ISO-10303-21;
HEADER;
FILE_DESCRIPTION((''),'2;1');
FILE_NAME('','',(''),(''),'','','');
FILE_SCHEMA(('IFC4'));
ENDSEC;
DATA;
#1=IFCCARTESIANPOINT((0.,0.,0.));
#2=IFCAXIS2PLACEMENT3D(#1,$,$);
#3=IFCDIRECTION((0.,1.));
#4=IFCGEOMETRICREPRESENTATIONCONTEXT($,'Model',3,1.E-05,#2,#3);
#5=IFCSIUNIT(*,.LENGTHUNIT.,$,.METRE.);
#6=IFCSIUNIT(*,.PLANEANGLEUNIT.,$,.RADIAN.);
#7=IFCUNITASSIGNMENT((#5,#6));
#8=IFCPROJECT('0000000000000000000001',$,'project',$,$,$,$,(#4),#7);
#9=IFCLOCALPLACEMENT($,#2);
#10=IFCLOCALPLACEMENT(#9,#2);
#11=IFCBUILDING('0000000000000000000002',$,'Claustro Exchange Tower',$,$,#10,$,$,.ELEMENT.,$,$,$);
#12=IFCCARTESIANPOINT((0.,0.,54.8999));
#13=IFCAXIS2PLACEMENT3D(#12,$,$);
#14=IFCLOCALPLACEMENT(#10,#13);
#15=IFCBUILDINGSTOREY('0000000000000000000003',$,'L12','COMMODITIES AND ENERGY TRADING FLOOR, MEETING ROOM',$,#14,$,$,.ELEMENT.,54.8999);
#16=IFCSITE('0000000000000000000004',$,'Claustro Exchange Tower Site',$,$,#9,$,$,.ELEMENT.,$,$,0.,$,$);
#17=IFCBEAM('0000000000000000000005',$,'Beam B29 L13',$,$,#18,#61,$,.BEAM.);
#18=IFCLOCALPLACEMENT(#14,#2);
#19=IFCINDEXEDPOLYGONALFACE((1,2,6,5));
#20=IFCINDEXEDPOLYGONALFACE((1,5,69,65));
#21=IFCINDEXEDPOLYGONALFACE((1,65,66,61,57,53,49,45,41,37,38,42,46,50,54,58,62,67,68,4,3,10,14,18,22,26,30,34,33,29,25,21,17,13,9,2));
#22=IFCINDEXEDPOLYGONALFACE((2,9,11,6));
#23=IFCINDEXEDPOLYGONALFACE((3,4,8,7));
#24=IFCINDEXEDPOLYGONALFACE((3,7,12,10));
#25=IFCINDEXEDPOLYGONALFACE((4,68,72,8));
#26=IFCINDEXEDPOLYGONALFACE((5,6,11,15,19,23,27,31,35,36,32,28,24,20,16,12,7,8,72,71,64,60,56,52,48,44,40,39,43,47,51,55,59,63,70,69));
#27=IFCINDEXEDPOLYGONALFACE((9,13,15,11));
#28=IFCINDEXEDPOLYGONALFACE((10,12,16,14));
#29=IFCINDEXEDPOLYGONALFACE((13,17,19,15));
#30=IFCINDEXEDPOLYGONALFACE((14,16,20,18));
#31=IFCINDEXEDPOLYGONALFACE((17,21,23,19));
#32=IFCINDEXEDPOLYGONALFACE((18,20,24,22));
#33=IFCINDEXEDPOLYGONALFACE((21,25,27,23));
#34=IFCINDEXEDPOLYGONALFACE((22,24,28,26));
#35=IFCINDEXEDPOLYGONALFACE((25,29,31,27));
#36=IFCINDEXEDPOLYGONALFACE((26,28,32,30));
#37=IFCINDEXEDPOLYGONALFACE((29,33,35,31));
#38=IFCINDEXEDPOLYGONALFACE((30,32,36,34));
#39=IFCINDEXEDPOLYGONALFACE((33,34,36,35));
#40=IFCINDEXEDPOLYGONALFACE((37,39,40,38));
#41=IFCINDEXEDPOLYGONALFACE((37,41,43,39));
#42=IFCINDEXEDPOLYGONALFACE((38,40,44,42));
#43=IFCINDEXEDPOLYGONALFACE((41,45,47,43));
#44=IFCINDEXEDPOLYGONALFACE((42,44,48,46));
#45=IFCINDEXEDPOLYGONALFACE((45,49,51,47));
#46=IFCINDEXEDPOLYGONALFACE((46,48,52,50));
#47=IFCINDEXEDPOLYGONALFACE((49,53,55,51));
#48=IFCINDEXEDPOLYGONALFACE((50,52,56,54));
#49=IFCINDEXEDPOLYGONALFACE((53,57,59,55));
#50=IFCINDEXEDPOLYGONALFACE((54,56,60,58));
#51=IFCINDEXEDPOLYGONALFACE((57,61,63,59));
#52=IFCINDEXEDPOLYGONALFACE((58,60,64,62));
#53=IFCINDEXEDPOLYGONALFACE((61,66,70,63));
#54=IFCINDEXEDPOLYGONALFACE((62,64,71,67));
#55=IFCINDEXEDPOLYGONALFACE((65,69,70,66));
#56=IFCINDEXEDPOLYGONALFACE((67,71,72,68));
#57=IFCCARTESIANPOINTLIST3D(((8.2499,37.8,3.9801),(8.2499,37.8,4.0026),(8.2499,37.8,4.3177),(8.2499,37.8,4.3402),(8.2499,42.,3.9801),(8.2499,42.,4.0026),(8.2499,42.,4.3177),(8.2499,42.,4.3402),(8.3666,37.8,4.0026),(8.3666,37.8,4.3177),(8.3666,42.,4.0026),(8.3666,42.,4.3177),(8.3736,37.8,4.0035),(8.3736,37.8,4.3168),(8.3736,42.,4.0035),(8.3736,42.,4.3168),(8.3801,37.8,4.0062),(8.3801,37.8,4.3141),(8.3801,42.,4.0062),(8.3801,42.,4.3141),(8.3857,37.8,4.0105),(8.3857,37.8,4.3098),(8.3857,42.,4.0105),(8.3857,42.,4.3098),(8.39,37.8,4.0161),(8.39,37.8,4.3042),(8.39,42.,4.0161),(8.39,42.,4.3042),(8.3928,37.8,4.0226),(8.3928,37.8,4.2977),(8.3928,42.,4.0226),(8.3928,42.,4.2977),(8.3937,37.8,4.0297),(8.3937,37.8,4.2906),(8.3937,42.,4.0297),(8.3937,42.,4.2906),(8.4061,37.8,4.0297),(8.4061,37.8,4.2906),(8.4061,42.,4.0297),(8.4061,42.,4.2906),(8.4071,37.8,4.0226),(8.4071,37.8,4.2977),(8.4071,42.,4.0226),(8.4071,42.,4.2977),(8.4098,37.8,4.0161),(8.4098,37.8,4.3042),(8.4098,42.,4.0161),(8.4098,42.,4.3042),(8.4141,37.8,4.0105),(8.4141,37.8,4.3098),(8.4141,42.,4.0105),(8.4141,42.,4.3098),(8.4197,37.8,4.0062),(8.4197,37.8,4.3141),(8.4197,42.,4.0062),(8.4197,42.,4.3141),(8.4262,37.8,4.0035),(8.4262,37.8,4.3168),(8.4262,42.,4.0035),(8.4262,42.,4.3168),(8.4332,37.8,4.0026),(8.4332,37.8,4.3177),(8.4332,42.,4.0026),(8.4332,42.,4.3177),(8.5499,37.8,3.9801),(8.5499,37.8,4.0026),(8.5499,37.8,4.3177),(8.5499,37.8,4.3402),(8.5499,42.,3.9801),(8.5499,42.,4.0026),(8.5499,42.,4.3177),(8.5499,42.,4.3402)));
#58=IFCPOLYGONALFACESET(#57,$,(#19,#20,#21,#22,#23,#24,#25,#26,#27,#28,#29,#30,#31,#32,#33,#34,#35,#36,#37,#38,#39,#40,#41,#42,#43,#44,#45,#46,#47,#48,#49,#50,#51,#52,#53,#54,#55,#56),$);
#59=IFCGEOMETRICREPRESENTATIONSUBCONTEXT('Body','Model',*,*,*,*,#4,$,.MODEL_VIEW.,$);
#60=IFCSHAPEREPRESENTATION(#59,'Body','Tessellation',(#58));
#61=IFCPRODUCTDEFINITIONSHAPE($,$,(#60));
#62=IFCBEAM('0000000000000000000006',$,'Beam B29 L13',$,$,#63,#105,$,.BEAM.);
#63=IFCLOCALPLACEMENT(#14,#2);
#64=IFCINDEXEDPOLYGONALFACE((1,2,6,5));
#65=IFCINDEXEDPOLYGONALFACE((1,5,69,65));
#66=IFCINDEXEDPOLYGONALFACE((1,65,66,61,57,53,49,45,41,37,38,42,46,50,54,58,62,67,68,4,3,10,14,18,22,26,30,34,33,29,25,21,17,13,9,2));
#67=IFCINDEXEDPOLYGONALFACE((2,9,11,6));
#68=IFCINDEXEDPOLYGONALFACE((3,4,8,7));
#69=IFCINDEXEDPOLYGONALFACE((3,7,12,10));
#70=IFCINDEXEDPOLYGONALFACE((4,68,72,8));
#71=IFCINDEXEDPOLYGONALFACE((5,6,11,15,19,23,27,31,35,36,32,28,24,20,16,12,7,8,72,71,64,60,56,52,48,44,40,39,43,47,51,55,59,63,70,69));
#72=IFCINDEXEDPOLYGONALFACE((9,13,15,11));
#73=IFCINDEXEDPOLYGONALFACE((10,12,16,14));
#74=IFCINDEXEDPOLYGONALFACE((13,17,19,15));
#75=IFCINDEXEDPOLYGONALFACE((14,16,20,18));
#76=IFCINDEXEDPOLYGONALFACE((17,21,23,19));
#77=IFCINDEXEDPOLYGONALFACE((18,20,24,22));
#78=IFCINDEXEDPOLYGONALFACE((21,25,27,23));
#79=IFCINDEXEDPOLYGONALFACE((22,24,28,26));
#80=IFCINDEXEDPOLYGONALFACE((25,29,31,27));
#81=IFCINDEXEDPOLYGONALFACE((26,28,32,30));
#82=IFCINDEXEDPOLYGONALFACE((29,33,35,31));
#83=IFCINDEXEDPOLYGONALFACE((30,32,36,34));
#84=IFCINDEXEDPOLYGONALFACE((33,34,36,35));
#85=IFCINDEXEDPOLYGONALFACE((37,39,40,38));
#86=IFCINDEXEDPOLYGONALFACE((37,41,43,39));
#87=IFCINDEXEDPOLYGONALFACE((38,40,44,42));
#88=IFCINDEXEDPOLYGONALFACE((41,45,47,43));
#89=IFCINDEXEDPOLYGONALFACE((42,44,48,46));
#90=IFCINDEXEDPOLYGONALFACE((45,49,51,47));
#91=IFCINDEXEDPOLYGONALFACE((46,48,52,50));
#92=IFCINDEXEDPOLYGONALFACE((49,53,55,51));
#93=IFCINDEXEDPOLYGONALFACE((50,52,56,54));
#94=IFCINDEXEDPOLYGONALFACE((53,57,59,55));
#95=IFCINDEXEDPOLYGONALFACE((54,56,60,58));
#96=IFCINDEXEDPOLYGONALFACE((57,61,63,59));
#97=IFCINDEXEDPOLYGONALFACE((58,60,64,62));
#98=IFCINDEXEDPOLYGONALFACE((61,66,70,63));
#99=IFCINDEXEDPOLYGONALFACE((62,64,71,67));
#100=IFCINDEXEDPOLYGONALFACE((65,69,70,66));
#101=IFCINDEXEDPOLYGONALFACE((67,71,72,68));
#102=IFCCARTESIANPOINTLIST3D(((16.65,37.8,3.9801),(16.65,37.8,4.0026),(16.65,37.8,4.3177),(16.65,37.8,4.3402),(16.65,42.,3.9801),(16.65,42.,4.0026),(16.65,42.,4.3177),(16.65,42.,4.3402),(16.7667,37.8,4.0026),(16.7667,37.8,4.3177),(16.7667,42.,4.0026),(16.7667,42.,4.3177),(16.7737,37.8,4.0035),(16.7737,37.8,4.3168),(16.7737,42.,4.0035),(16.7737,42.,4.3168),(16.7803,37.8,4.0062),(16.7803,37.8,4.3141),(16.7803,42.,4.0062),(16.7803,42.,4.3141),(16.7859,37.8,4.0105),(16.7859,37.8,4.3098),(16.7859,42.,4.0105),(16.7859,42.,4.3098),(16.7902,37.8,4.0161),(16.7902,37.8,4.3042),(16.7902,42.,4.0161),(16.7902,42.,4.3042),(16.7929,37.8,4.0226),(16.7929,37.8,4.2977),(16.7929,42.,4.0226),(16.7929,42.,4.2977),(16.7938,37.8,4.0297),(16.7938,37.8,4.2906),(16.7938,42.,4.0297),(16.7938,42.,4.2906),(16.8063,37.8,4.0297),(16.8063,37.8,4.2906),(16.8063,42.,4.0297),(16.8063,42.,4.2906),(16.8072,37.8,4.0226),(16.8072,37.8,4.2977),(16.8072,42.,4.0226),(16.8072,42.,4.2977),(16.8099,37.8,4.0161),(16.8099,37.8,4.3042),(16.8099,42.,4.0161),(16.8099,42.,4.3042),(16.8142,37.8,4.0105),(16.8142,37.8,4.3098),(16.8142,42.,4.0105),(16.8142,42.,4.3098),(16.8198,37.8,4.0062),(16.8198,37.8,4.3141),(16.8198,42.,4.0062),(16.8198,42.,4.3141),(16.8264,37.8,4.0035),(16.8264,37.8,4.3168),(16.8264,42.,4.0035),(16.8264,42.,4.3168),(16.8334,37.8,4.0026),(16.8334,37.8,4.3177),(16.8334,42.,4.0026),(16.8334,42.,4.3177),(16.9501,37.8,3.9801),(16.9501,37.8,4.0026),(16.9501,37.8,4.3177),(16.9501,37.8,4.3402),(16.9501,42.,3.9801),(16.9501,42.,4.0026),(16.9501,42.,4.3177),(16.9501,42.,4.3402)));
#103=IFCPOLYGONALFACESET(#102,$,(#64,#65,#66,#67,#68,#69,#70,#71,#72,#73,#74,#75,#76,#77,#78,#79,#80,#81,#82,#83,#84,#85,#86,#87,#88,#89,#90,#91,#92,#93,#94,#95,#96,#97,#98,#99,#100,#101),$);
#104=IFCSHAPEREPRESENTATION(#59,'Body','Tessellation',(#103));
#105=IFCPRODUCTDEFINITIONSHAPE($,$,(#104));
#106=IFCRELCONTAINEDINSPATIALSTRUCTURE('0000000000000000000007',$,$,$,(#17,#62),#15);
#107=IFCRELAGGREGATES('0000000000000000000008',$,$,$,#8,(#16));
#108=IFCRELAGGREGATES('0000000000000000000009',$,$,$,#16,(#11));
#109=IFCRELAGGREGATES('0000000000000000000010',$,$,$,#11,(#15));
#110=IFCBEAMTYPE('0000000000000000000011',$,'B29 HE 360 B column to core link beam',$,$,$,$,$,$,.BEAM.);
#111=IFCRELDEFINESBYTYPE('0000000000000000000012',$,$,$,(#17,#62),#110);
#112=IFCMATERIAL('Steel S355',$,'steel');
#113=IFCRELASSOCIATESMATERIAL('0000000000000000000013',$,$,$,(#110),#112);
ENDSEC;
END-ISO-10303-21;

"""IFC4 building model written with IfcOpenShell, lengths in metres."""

from ifc_helpers import new_model, si_unit, direction, frame, origin, origin_2d, place, context, subcontext, project, spatial, i_section, extrude, material, material_profile, profile_set, type_object, element, save


model = new_model("IFC4")

# Units and contexts
model_context = context("Model", 3, precision=1e-05, world=origin(), true_north=direction((0.0, 1.0)))
body_context = subcontext(model_context, "Body", "Model", "MODEL_VIEW")
ifc_project = project(units=[si_unit("LENGTHUNIT", "METRE"), si_unit("PLANEANGLEUNIT", "RADIAN")], contexts=[model_context])

# Site, building, storey
site_placement = place(None, origin())
site = spatial("IfcSite", under=ifc_project, at=site_placement, Name="Claustro Exchange Tower Site", CompositionType="ELEMENT", RefElevation=0.0)
building_placement = place(site_placement, origin())
building = spatial("IfcBuilding", under=site, at=building_placement, Name="Claustro Exchange Tower", CompositionType="ELEMENT")
storey_placement = place(building_placement, frame((0.0, 0.0, 54.8999)))
storey = spatial("IfcBuildingStorey", under=building, at=storey_placement, Name="L12", Description="COMMODITIES AND ENERGY TRADING FLOOR, MEETING ROOM", CompositionType="ELEMENT", Elevation=54.8999)

# Beams
ifc_material_1 = material(Name="Steel S355", Category="steel")
ifc_material_profile_1 = material_profile(ifc_material_1, i_section(OverallWidth=0.3, OverallDepth=0.3601, WebThickness=0.0125, FlangeThickness=0.0225, FilletRadius=0.0271, at=origin_2d()), Name="HE 360 B")
ifc_profile_set_1 = profile_set([ifc_material_profile_1], Name="Steel S355")
beam_type_1 = type_object("IfcBeamType", Name="B29 HE 360 B column to core link beam", PredefinedType="BEAM", material=ifc_profile_set_1)
for number, where, z_axis, x_axis, name in (
    (1, (8.3999, 37.8, 4.1602), (0.0, 1.0, 0.0), (-1.0, 0.0, 0.0), "Beam B29 L13"),
    (2, (16.8, 37.8, 4.1602), (0.0, 1.0, 0.0), (-1.0, 0.0, 0.0), "Beam B29 L13"),
):
    element("IfcBeam", number, at=place(storey_placement, frame(where, z_axis=z_axis, x_axis=x_axis)), inside=storey, type_object=beam_type_1, Name=name, PredefinedType="BEAM", context=body_context, shape_type="SweptSolid", body=[
        extrude(i_section(OverallWidth=0.3, OverallDepth=0.3601, WebThickness=0.0125, FlangeThickness=0.0225, FilletRadius=0.0271, at=origin_2d()), origin(), (0.0, 0.0, 1.0), 4.2),
    ])

save(model, "model.ifc")
